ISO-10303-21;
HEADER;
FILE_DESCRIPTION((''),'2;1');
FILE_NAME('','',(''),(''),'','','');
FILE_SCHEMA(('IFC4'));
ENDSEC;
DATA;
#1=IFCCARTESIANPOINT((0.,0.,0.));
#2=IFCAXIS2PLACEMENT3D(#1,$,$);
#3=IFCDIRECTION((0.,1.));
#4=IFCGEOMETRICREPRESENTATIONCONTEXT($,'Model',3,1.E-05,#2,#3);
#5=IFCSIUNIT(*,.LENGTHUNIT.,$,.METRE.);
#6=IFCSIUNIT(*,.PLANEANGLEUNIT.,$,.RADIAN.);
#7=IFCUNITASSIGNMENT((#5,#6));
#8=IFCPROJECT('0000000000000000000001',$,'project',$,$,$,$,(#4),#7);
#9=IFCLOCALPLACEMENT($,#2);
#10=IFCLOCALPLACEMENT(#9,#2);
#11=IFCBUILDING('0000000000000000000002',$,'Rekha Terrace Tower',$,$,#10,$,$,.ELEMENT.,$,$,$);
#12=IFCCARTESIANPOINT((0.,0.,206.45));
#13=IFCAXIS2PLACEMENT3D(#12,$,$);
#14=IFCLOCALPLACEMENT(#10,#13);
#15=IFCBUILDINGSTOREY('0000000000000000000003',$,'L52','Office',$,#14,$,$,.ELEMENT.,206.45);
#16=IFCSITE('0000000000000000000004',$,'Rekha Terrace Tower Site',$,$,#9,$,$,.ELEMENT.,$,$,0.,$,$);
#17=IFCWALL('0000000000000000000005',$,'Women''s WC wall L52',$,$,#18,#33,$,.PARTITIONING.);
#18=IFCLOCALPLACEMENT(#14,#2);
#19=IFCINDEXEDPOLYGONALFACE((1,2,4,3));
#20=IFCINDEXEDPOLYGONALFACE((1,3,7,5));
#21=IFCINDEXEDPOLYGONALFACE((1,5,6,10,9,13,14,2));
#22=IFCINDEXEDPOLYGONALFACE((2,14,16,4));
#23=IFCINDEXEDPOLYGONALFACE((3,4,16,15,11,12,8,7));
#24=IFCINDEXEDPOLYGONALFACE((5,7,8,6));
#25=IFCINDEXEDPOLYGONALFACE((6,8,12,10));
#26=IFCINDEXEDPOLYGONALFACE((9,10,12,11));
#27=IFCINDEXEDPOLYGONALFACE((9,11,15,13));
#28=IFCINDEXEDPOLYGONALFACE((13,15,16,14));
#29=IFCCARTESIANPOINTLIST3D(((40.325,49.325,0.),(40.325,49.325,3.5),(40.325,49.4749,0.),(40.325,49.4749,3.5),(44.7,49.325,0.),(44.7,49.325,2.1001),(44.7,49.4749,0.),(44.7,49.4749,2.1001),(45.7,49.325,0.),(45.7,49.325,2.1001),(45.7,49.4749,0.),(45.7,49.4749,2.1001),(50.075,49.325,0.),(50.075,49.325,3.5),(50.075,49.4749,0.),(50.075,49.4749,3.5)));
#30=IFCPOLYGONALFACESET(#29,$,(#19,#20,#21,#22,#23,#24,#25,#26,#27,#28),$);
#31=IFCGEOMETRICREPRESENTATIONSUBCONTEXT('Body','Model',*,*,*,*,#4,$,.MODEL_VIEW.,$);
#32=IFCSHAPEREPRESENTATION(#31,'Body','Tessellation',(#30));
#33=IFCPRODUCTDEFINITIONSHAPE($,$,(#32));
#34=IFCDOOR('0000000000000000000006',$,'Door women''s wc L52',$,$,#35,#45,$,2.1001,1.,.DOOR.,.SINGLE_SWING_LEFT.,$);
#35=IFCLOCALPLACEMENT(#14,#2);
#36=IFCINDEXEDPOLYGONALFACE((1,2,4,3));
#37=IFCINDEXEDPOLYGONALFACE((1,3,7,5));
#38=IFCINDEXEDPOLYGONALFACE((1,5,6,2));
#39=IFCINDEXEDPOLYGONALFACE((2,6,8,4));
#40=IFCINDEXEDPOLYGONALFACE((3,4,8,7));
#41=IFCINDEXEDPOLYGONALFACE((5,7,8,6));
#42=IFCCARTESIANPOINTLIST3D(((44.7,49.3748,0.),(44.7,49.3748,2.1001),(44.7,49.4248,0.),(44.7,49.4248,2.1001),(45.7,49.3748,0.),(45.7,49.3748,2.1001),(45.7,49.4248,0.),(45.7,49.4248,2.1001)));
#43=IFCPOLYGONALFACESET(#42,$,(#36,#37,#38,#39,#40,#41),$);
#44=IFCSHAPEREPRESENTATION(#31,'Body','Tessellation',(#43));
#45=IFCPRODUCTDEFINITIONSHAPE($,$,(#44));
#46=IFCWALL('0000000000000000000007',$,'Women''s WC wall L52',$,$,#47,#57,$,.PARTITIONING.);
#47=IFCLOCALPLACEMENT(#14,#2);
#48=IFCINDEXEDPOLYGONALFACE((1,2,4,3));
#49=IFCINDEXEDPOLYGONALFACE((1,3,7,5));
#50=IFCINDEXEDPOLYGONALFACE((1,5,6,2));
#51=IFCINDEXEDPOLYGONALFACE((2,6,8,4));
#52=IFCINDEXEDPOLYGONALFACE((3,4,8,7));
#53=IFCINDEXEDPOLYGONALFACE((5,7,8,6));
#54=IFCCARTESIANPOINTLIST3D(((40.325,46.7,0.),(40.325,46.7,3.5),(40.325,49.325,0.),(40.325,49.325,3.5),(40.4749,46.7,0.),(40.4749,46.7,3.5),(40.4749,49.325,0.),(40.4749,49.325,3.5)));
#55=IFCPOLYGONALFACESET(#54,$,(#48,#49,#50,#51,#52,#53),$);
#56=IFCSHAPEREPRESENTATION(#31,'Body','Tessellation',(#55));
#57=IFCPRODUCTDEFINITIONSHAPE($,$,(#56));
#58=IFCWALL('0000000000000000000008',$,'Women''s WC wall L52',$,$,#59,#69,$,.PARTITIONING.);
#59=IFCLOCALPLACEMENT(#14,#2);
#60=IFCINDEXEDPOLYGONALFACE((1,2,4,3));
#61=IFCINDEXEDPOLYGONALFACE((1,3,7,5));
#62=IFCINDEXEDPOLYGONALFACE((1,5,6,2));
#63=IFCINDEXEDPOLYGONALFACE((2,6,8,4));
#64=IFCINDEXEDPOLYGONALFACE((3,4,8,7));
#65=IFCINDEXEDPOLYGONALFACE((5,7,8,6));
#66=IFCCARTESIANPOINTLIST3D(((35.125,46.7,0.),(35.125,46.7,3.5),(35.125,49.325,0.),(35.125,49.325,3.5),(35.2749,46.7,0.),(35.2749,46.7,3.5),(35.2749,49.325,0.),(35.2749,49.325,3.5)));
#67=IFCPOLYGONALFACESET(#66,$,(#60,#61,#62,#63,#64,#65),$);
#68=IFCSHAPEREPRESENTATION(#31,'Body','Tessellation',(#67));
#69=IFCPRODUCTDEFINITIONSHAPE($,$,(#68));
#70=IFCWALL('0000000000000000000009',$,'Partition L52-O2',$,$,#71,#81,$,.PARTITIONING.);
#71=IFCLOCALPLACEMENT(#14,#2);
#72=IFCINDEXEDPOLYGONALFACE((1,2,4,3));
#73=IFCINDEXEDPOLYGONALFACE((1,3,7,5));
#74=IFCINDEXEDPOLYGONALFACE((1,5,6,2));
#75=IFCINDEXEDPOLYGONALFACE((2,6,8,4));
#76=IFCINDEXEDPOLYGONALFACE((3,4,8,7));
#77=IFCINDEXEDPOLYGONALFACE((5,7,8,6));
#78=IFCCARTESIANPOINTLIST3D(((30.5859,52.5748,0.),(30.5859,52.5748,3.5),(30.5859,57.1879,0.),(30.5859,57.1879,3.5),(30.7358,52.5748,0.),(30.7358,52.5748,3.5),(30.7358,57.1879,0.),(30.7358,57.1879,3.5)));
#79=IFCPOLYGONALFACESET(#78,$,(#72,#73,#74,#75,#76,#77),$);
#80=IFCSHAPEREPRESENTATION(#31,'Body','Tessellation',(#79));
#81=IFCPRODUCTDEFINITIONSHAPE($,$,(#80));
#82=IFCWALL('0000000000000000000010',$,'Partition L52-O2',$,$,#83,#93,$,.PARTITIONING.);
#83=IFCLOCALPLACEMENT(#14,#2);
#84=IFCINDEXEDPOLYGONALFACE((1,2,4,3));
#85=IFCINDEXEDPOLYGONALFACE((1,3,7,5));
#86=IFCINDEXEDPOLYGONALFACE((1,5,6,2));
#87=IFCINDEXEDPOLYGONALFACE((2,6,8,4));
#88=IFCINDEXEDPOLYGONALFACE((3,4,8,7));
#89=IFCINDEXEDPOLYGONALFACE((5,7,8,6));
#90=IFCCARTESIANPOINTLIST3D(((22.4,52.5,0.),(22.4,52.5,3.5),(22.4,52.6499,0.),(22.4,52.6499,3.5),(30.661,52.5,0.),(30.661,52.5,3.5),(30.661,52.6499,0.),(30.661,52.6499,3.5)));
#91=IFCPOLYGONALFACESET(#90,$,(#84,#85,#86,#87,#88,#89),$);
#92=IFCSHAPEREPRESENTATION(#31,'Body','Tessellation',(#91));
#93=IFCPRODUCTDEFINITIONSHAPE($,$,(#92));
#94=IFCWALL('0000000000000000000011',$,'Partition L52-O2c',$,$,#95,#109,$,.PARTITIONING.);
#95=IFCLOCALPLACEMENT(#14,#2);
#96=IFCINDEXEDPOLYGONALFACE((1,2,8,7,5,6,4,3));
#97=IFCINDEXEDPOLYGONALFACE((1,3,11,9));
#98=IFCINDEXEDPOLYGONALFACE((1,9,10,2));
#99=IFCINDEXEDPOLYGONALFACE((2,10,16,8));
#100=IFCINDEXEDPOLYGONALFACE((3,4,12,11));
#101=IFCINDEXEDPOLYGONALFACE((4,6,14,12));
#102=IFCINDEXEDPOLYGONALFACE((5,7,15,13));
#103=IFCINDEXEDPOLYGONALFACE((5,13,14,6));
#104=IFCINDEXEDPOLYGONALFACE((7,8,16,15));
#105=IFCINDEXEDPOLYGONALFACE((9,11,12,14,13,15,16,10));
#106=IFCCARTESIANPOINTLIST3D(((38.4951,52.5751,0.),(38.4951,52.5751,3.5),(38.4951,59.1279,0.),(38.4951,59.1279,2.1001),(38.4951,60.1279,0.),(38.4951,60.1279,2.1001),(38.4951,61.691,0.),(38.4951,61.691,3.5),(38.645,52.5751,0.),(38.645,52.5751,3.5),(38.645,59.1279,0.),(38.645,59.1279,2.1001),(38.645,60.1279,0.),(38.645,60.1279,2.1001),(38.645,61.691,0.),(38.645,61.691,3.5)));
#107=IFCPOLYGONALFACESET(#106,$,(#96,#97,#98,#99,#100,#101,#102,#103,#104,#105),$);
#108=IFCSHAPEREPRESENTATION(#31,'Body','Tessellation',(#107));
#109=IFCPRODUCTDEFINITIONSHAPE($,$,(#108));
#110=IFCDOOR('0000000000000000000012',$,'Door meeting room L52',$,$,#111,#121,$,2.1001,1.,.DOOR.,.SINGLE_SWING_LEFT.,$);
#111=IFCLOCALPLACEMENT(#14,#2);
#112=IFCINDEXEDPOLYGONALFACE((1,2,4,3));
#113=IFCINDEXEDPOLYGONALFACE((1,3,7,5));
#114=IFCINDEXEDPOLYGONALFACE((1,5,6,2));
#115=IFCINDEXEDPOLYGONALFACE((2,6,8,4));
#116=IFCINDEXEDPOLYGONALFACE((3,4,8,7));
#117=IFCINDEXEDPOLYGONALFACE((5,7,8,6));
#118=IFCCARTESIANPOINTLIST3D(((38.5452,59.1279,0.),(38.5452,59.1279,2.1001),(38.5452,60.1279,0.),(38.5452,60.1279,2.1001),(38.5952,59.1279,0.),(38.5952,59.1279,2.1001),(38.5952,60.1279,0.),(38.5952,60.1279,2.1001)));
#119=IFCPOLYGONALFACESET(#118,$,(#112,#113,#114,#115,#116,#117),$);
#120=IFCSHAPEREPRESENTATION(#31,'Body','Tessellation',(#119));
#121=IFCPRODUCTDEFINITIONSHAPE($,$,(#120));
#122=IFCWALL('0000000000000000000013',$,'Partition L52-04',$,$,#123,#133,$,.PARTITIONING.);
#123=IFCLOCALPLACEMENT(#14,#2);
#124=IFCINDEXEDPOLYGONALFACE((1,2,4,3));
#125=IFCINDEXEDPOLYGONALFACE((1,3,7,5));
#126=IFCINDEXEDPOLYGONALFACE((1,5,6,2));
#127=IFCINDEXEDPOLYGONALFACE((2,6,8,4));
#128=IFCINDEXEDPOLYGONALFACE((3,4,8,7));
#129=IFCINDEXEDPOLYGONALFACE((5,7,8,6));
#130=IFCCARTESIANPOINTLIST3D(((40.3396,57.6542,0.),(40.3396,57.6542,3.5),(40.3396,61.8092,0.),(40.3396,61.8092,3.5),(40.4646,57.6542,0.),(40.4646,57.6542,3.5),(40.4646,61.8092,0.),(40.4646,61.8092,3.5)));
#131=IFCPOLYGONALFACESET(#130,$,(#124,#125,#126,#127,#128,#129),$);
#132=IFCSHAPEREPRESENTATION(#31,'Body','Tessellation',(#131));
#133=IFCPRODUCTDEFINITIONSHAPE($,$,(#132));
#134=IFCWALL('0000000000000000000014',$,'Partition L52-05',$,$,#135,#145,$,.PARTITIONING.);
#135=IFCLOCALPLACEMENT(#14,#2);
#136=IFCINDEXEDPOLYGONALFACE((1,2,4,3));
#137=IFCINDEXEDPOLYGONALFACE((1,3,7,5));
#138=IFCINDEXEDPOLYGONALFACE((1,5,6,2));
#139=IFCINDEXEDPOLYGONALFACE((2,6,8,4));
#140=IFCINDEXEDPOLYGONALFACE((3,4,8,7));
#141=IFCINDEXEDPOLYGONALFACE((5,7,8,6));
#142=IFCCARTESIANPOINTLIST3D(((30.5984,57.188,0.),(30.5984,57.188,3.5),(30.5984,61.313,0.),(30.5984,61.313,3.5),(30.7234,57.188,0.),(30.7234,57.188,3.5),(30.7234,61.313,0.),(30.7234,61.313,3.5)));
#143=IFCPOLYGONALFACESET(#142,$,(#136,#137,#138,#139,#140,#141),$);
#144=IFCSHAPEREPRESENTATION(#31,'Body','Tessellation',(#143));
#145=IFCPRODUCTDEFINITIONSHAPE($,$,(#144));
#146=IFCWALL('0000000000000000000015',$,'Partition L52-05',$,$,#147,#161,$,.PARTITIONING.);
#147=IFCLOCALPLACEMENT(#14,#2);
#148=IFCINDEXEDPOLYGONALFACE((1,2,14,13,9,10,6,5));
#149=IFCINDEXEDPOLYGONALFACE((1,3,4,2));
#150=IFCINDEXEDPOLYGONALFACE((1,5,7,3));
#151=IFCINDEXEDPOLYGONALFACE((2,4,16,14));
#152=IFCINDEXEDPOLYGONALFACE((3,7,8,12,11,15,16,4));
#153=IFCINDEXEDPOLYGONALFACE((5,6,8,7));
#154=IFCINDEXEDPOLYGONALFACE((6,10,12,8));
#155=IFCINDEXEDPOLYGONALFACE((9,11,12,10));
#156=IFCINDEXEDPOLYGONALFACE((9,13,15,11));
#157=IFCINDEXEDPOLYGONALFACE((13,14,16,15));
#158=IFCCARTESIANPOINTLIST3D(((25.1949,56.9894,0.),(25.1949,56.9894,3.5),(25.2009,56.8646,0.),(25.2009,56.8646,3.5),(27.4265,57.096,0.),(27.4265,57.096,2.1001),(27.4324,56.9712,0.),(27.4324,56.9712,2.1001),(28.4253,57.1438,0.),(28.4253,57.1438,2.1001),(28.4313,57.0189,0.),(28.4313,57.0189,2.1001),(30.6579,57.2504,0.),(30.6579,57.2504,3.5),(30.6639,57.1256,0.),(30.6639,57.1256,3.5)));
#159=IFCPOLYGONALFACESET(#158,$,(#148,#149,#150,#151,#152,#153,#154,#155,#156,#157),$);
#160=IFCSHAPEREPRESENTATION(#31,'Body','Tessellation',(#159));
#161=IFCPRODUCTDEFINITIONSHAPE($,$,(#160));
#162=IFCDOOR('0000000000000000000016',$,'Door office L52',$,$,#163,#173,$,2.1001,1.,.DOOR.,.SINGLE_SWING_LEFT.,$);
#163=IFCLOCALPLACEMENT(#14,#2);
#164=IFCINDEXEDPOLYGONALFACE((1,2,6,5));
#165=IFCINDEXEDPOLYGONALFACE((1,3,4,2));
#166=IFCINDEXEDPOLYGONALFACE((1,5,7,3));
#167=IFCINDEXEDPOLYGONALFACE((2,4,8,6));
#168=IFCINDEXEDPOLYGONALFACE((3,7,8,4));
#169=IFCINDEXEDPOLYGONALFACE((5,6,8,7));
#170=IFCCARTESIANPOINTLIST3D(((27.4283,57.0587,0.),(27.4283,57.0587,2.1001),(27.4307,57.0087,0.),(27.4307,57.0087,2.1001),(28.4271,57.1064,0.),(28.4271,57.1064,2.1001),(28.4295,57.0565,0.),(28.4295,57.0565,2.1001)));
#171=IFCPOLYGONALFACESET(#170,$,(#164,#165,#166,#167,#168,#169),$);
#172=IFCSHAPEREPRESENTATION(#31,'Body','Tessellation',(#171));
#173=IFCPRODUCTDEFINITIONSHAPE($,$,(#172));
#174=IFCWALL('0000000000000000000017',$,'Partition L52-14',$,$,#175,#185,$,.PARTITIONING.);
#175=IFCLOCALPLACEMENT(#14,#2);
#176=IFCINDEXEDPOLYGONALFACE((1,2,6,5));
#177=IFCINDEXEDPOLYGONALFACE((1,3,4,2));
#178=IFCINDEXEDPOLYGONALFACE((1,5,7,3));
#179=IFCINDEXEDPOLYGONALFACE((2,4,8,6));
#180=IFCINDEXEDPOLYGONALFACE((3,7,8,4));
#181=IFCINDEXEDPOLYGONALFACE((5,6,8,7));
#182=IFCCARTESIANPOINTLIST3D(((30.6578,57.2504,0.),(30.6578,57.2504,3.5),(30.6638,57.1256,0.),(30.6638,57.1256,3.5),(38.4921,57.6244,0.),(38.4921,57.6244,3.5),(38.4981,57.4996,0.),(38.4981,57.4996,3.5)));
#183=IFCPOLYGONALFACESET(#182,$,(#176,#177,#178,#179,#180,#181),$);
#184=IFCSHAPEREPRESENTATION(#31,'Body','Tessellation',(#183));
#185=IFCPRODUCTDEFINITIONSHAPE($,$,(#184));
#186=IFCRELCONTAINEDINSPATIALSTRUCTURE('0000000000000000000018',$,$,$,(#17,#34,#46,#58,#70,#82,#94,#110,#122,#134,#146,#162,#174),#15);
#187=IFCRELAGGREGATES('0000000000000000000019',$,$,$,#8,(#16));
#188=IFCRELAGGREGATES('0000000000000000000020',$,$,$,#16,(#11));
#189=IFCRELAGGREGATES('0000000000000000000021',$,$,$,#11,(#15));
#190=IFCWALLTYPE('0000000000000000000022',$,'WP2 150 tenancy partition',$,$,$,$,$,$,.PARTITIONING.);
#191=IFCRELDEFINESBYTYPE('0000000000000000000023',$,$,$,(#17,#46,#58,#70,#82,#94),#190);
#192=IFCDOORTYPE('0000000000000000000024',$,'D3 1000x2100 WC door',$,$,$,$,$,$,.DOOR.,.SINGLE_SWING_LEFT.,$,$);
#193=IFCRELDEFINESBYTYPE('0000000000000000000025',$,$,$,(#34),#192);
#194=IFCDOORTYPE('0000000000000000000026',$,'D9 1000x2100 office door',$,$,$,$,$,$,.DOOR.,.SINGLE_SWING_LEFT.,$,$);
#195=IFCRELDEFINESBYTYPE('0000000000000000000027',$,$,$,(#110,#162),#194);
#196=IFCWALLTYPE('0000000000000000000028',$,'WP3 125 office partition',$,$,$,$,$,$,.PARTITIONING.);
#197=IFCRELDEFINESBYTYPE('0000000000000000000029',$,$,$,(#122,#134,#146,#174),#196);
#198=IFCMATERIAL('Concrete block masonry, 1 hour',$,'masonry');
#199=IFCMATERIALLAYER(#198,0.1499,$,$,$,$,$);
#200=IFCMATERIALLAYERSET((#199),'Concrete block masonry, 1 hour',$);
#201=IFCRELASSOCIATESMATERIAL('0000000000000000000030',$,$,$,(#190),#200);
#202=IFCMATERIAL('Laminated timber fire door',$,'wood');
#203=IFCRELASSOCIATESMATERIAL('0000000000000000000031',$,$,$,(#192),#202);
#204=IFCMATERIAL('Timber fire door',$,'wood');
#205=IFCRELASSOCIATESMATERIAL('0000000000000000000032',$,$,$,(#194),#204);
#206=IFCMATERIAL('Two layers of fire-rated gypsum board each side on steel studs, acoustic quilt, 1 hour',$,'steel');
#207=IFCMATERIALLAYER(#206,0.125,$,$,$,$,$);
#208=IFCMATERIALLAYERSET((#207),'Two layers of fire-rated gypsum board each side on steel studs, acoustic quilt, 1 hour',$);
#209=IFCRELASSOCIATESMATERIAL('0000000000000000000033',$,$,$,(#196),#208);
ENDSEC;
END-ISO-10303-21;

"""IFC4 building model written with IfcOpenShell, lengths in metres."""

from ifc_helpers import new_model, si_unit, direction, frame, frame_2d, origin, place, context, subcontext, project, spatial, rectangle, extrude, material, layer, layer_set, type_object, element, fill, save


model = new_model("IFC4")

# Units and contexts
model_context = context("Model", 3, precision=1e-05, world=origin(), true_north=direction((0.0, 1.0)))
body_context = subcontext(model_context, "Body", "Model", "MODEL_VIEW")
ifc_project = project(units=[si_unit("LENGTHUNIT", "METRE"), si_unit("PLANEANGLEUNIT", "RADIAN")], contexts=[model_context])

# Site, building, storey
site_placement = place(None, origin())
site = spatial("IfcSite", under=ifc_project, at=site_placement, Name="Rekha Terrace Tower Site", CompositionType="ELEMENT", RefElevation=0.0)
building_placement = place(site_placement, origin())
building = spatial("IfcBuilding", under=site, at=building_placement, Name="Rekha Terrace Tower", CompositionType="ELEMENT")
storey_placement = place(building_placement, frame((0.0, 0.0, 206.45)))
storey = spatial("IfcBuildingStorey", under=building, at=storey_placement, Name="L52", Description="Office", CompositionType="ELEMENT", Elevation=206.45)

# Wall, opening, door
ifc_material_1 = material(Name="Concrete block masonry, 1 hour", Category="masonry")
ifc_layer_1 = layer(ifc_material_1, 0.1499)
ifc_layer_set_1 = layer_set([ifc_layer_1], Name="Concrete block masonry, 1 hour")
wall_type_1 = type_object("IfcWallType", Name="WP2 150 tenancy partition", PredefinedType="PARTITIONING", material=ifc_layer_set_1)
wall_1_placement = place(storey_placement, frame((40.325, 49.3999, 0.0), z_axis=(0.0, 0.0, 1.0), x_axis=(1.0, 0.0, 0.0)))
wall_1 = element("IfcWall", 1, at=wall_1_placement, inside=storey, type_object=wall_type_1, Name="Women's WC wall L52", PredefinedType="PARTITIONING", context=body_context, shape_type="SweptSolid", body=[
    extrude(rectangle(XDim=9.75, YDim=0.1499, at=frame_2d((4.875, 0.0))), origin(), (0.0, 0.0, 1.0), 3.5),
])
opening_1_placement = place(wall_1_placement, frame((4.375, 0.0, 0.0)))
opening_1 = element("IfcOpeningElement", 2, at=opening_1_placement, cuts=wall_1, PredefinedType="OPENING", context=body_context, shape_type="SweptSolid", body=[
    extrude(rectangle(XDim=1.0, YDim=2.1001, at=frame_2d((0.5, 1.05))), frame((0.0, 0.085, 0.0), z_axis=(0.0, -1.0, 0.0), x_axis=(1.0, 0.0, 0.0)), (0.0, 0.0, 1.0), 0.1699),
])
ifc_material_2 = material(Name="Laminated timber fire door", Category="wood")
door_type_1 = type_object("IfcDoorType", Name="D3 1000x2100 WC door", OperationType="SINGLE_SWING_LEFT", PredefinedType="DOOR", material=ifc_material_2)
door_1_placement = place(opening_1_placement, origin())
door_1 = element("IfcDoor", 3, at=door_1_placement, inside=storey, type_object=door_type_1, Name="Door women's wc L52", OperationType="SINGLE_SWING_LEFT", OverallHeight=2.1001, OverallWidth=1.0, PredefinedType="DOOR", context=body_context, shape_type="SweptSolid", body=[
    extrude(rectangle(XDim=1.0, YDim=2.1001, at=frame_2d((0.5, 1.05))), frame((0.0, 0.0249, 0.0), z_axis=(0.0, -1.0, 0.0), x_axis=(1.0, 0.0, 0.0)), (0.0, 0.0, 1.0), 0.05),
])
fill(opening_1, door_1)

# Walls
for number, where, z_axis, x_axis, name in (
    (4, (40.3999, 46.7, 0.0), (0.0, 0.0, 1.0), (0.0, 1.0, 0.0), "Women's WC wall L52"),
    (5, (35.2, 46.7, 0.0), (0.0, 0.0, 1.0), (0.0, 1.0, 0.0), "Women's WC wall L52"),
):
    element("IfcWall", number, at=place(storey_placement, frame(where, z_axis=z_axis, x_axis=x_axis)), inside=storey, type_object=wall_type_1, Name=name, PredefinedType="PARTITIONING", context=body_context, shape_type="SweptSolid", body=[
        extrude(rectangle(XDim=2.625, YDim=0.1499, at=frame_2d((1.3125, 0.0))), origin(), (0.0, 0.0, 1.0), 3.5),
    ])
wall_2_placement = place(storey_placement, frame((30.6609, 57.188, 0.0), z_axis=(0.0, 0.0, 1.0), x_axis=(0.0, -1.0, 0.0)))
element("IfcWall", 6, at=wall_2_placement, inside=storey, type_object=wall_type_1, Name="Partition L52-O2", PredefinedType="PARTITIONING", context=body_context, shape_type="SweptSolid", body=[
    extrude(rectangle(XDim=4.613, YDim=0.1499, at=frame_2d((2.3066, 0.0))), origin(), (0.0, 0.0, 1.0), 3.5),
])
wall_3_placement = place(storey_placement, frame((30.6609, 52.575, 0.0), z_axis=(0.0, 0.0, 1.0), x_axis=(-1.0, 0.0, 0.0)))
element("IfcWall", 7, at=wall_3_placement, inside=storey, type_object=wall_type_1, Name="Partition L52-O2", PredefinedType="PARTITIONING", context=body_context, shape_type="SweptSolid", body=[
    extrude(rectangle(XDim=8.261, YDim=0.1499, at=frame_2d((4.1304, 0.0))), origin(), (0.0, 0.0, 1.0), 3.5),
])

# Wall, opening, door
wall_4_placement = place(storey_placement, frame((38.5701, 52.575, 0.0), z_axis=(0.0, 0.0, 1.0), x_axis=(0.0, 1.0, 0.0)))
wall_4 = element("IfcWall", 8, at=wall_4_placement, inside=storey, type_object=wall_type_1, Name="Partition L52-O2c", PredefinedType="PARTITIONING", context=body_context, shape_type="SweptSolid", body=[
    extrude(rectangle(XDim=9.116, YDim=0.1499, at=frame_2d((4.5581, 0.0))), origin(), (0.0, 0.0, 1.0), 3.5),
])
opening_2_placement = place(wall_4_placement, frame((6.553, 0.0, 0.0)))
opening_2 = element("IfcOpeningElement", 9, at=opening_2_placement, cuts=wall_4, PredefinedType="OPENING", context=body_context, shape_type="SweptSolid", body=[
    extrude(rectangle(XDim=1.0, YDim=2.1001, at=frame_2d((0.5, 1.05))), frame((0.0, 0.085, 0.0), z_axis=(0.0, -1.0, 0.0), x_axis=(1.0, 0.0, 0.0)), (0.0, 0.0, 1.0), 0.1699),
])
ifc_material_3 = material(Name="Timber fire door", Category="wood")
door_type_2 = type_object("IfcDoorType", Name="D9 1000x2100 office door", OperationType="SINGLE_SWING_LEFT", PredefinedType="DOOR", material=ifc_material_3)
door_2_placement = place(opening_2_placement, origin())
door_2 = element("IfcDoor", 10, at=door_2_placement, inside=storey, type_object=door_type_2, Name="Door meeting room L52", OperationType="SINGLE_SWING_LEFT", OverallHeight=2.1001, OverallWidth=1.0, PredefinedType="DOOR", context=body_context, shape_type="SweptSolid", body=[
    extrude(rectangle(XDim=1.0, YDim=2.1001, at=frame_2d((0.5, 1.05))), frame((0.0, 0.0249, 0.0), z_axis=(0.0, -1.0, 0.0), x_axis=(1.0, 0.0, 0.0)), (0.0, 0.0, 1.0), 0.05),
])
fill(opening_2, door_2)

# Walls
ifc_material_4 = material(Name="Two layers of fire-rated gypsum board each side on steel studs, acoustic quilt, 1 hour", Category="steel")
ifc_layer_2 = layer(ifc_material_4, 0.125)
ifc_layer_set_2 = layer_set([ifc_layer_2], Name="Two layers of fire-rated gypsum board each side on steel studs, acoustic quilt, 1 hour")
wall_type_2 = type_object("IfcWallType", Name="WP3 125 office partition", PredefinedType="PARTITIONING", material=ifc_layer_set_2)
wall_5_placement = place(storey_placement, frame((40.4021, 57.6541, 0.0), z_axis=(0.0, 0.0, 1.0), x_axis=(0.0, 1.0, 0.0)))
element("IfcWall", 11, at=wall_5_placement, inside=storey, type_object=wall_type_2, Name="Partition L52-04", PredefinedType="PARTITIONING", context=body_context, shape_type="SweptSolid", body=[
    extrude(rectangle(XDim=4.155, YDim=0.125, at=frame_2d((2.0776, 0.0))), origin(), (0.0, 0.0, 1.0), 3.5),
])
wall_6_placement = place(storey_placement, frame((30.6609, 61.313, 0.0), z_axis=(0.0, 0.0, 1.0), x_axis=(0.0, -1.0, 0.0)))
element("IfcWall", 12, at=wall_6_placement, inside=storey, type_object=wall_type_2, Name="Partition L52-05", PredefinedType="PARTITIONING", context=body_context, shape_type="SweptSolid", body=[
    extrude(rectangle(XDim=4.125, YDim=0.125, at=frame_2d((2.0625, 0.0))), origin(), (0.0, 0.0, 1.0), 3.5),
])

# Wall, opening, door
wall_7_placement = place(storey_placement, frame((30.6609, 57.188, 0.0), z_axis=(0.0, 0.0, 1.0), x_axis=(-0.998861, -0.04772, 0.0)))
wall_7 = element("IfcWall", 13, at=wall_7_placement, inside=storey, type_object=wall_type_2, Name="Partition L52-05", PredefinedType="PARTITIONING", context=body_context, shape_type="SweptSolid", body=[
    extrude(rectangle(XDim=5.4692, YDim=0.125, at=frame_2d((2.7346, 0.0))), origin(), (0.0, 0.0, 1.0), 3.5),
])
opening_3_placement = place(wall_7_placement, frame((2.2351, 0.0, 0.0)))
opening_3 = element("IfcOpeningElement", 14, at=opening_3_placement, cuts=wall_7, PredefinedType="OPENING", context=body_context, shape_type="SweptSolid", body=[
    extrude(rectangle(XDim=1.0, YDim=2.1001, at=frame_2d((0.5, 1.05))), frame((0.0, 0.0725, 0.0), z_axis=(0.0, -1.0, 0.0), x_axis=(1.0, 0.0, 0.0)), (0.0, 0.0, 1.0), 0.145),
])
door_3_placement = place(opening_3_placement, origin())
door_3 = element("IfcDoor", 15, at=door_3_placement, inside=storey, type_object=door_type_2, Name="Door office L52", OperationType="SINGLE_SWING_LEFT", OverallHeight=2.1001, OverallWidth=1.0, PredefinedType="DOOR", context=body_context, shape_type="SweptSolid", body=[
    extrude(rectangle(XDim=1.0, YDim=2.1001, at=frame_2d((0.5, 1.05))), frame((0.0, 0.0249, 0.0), z_axis=(0.0, -1.0, 0.0), x_axis=(1.0, 0.0, 0.0)), (0.0, 0.0, 1.0), 0.05),
])
fill(opening_3, door_3)

# Wall
wall_8_placement = place(storey_placement, frame((38.4951, 57.562, 0.0), z_axis=(0.0, 0.0, 1.0), x_axis=(-0.998862, -0.047688, 0.0)))
element("IfcWall", 16, at=wall_8_placement, inside=storey, type_object=wall_type_2, Name="Partition L52-14", PredefinedType="PARTITIONING", context=body_context, shape_type="SweptSolid", body=[
    extrude(rectangle(XDim=7.8433, YDim=0.125, at=frame_2d((3.9216, 0.0))), origin(), (0.0, 0.0, 1.0), 3.5),
])

save(model, "model.ifc")
